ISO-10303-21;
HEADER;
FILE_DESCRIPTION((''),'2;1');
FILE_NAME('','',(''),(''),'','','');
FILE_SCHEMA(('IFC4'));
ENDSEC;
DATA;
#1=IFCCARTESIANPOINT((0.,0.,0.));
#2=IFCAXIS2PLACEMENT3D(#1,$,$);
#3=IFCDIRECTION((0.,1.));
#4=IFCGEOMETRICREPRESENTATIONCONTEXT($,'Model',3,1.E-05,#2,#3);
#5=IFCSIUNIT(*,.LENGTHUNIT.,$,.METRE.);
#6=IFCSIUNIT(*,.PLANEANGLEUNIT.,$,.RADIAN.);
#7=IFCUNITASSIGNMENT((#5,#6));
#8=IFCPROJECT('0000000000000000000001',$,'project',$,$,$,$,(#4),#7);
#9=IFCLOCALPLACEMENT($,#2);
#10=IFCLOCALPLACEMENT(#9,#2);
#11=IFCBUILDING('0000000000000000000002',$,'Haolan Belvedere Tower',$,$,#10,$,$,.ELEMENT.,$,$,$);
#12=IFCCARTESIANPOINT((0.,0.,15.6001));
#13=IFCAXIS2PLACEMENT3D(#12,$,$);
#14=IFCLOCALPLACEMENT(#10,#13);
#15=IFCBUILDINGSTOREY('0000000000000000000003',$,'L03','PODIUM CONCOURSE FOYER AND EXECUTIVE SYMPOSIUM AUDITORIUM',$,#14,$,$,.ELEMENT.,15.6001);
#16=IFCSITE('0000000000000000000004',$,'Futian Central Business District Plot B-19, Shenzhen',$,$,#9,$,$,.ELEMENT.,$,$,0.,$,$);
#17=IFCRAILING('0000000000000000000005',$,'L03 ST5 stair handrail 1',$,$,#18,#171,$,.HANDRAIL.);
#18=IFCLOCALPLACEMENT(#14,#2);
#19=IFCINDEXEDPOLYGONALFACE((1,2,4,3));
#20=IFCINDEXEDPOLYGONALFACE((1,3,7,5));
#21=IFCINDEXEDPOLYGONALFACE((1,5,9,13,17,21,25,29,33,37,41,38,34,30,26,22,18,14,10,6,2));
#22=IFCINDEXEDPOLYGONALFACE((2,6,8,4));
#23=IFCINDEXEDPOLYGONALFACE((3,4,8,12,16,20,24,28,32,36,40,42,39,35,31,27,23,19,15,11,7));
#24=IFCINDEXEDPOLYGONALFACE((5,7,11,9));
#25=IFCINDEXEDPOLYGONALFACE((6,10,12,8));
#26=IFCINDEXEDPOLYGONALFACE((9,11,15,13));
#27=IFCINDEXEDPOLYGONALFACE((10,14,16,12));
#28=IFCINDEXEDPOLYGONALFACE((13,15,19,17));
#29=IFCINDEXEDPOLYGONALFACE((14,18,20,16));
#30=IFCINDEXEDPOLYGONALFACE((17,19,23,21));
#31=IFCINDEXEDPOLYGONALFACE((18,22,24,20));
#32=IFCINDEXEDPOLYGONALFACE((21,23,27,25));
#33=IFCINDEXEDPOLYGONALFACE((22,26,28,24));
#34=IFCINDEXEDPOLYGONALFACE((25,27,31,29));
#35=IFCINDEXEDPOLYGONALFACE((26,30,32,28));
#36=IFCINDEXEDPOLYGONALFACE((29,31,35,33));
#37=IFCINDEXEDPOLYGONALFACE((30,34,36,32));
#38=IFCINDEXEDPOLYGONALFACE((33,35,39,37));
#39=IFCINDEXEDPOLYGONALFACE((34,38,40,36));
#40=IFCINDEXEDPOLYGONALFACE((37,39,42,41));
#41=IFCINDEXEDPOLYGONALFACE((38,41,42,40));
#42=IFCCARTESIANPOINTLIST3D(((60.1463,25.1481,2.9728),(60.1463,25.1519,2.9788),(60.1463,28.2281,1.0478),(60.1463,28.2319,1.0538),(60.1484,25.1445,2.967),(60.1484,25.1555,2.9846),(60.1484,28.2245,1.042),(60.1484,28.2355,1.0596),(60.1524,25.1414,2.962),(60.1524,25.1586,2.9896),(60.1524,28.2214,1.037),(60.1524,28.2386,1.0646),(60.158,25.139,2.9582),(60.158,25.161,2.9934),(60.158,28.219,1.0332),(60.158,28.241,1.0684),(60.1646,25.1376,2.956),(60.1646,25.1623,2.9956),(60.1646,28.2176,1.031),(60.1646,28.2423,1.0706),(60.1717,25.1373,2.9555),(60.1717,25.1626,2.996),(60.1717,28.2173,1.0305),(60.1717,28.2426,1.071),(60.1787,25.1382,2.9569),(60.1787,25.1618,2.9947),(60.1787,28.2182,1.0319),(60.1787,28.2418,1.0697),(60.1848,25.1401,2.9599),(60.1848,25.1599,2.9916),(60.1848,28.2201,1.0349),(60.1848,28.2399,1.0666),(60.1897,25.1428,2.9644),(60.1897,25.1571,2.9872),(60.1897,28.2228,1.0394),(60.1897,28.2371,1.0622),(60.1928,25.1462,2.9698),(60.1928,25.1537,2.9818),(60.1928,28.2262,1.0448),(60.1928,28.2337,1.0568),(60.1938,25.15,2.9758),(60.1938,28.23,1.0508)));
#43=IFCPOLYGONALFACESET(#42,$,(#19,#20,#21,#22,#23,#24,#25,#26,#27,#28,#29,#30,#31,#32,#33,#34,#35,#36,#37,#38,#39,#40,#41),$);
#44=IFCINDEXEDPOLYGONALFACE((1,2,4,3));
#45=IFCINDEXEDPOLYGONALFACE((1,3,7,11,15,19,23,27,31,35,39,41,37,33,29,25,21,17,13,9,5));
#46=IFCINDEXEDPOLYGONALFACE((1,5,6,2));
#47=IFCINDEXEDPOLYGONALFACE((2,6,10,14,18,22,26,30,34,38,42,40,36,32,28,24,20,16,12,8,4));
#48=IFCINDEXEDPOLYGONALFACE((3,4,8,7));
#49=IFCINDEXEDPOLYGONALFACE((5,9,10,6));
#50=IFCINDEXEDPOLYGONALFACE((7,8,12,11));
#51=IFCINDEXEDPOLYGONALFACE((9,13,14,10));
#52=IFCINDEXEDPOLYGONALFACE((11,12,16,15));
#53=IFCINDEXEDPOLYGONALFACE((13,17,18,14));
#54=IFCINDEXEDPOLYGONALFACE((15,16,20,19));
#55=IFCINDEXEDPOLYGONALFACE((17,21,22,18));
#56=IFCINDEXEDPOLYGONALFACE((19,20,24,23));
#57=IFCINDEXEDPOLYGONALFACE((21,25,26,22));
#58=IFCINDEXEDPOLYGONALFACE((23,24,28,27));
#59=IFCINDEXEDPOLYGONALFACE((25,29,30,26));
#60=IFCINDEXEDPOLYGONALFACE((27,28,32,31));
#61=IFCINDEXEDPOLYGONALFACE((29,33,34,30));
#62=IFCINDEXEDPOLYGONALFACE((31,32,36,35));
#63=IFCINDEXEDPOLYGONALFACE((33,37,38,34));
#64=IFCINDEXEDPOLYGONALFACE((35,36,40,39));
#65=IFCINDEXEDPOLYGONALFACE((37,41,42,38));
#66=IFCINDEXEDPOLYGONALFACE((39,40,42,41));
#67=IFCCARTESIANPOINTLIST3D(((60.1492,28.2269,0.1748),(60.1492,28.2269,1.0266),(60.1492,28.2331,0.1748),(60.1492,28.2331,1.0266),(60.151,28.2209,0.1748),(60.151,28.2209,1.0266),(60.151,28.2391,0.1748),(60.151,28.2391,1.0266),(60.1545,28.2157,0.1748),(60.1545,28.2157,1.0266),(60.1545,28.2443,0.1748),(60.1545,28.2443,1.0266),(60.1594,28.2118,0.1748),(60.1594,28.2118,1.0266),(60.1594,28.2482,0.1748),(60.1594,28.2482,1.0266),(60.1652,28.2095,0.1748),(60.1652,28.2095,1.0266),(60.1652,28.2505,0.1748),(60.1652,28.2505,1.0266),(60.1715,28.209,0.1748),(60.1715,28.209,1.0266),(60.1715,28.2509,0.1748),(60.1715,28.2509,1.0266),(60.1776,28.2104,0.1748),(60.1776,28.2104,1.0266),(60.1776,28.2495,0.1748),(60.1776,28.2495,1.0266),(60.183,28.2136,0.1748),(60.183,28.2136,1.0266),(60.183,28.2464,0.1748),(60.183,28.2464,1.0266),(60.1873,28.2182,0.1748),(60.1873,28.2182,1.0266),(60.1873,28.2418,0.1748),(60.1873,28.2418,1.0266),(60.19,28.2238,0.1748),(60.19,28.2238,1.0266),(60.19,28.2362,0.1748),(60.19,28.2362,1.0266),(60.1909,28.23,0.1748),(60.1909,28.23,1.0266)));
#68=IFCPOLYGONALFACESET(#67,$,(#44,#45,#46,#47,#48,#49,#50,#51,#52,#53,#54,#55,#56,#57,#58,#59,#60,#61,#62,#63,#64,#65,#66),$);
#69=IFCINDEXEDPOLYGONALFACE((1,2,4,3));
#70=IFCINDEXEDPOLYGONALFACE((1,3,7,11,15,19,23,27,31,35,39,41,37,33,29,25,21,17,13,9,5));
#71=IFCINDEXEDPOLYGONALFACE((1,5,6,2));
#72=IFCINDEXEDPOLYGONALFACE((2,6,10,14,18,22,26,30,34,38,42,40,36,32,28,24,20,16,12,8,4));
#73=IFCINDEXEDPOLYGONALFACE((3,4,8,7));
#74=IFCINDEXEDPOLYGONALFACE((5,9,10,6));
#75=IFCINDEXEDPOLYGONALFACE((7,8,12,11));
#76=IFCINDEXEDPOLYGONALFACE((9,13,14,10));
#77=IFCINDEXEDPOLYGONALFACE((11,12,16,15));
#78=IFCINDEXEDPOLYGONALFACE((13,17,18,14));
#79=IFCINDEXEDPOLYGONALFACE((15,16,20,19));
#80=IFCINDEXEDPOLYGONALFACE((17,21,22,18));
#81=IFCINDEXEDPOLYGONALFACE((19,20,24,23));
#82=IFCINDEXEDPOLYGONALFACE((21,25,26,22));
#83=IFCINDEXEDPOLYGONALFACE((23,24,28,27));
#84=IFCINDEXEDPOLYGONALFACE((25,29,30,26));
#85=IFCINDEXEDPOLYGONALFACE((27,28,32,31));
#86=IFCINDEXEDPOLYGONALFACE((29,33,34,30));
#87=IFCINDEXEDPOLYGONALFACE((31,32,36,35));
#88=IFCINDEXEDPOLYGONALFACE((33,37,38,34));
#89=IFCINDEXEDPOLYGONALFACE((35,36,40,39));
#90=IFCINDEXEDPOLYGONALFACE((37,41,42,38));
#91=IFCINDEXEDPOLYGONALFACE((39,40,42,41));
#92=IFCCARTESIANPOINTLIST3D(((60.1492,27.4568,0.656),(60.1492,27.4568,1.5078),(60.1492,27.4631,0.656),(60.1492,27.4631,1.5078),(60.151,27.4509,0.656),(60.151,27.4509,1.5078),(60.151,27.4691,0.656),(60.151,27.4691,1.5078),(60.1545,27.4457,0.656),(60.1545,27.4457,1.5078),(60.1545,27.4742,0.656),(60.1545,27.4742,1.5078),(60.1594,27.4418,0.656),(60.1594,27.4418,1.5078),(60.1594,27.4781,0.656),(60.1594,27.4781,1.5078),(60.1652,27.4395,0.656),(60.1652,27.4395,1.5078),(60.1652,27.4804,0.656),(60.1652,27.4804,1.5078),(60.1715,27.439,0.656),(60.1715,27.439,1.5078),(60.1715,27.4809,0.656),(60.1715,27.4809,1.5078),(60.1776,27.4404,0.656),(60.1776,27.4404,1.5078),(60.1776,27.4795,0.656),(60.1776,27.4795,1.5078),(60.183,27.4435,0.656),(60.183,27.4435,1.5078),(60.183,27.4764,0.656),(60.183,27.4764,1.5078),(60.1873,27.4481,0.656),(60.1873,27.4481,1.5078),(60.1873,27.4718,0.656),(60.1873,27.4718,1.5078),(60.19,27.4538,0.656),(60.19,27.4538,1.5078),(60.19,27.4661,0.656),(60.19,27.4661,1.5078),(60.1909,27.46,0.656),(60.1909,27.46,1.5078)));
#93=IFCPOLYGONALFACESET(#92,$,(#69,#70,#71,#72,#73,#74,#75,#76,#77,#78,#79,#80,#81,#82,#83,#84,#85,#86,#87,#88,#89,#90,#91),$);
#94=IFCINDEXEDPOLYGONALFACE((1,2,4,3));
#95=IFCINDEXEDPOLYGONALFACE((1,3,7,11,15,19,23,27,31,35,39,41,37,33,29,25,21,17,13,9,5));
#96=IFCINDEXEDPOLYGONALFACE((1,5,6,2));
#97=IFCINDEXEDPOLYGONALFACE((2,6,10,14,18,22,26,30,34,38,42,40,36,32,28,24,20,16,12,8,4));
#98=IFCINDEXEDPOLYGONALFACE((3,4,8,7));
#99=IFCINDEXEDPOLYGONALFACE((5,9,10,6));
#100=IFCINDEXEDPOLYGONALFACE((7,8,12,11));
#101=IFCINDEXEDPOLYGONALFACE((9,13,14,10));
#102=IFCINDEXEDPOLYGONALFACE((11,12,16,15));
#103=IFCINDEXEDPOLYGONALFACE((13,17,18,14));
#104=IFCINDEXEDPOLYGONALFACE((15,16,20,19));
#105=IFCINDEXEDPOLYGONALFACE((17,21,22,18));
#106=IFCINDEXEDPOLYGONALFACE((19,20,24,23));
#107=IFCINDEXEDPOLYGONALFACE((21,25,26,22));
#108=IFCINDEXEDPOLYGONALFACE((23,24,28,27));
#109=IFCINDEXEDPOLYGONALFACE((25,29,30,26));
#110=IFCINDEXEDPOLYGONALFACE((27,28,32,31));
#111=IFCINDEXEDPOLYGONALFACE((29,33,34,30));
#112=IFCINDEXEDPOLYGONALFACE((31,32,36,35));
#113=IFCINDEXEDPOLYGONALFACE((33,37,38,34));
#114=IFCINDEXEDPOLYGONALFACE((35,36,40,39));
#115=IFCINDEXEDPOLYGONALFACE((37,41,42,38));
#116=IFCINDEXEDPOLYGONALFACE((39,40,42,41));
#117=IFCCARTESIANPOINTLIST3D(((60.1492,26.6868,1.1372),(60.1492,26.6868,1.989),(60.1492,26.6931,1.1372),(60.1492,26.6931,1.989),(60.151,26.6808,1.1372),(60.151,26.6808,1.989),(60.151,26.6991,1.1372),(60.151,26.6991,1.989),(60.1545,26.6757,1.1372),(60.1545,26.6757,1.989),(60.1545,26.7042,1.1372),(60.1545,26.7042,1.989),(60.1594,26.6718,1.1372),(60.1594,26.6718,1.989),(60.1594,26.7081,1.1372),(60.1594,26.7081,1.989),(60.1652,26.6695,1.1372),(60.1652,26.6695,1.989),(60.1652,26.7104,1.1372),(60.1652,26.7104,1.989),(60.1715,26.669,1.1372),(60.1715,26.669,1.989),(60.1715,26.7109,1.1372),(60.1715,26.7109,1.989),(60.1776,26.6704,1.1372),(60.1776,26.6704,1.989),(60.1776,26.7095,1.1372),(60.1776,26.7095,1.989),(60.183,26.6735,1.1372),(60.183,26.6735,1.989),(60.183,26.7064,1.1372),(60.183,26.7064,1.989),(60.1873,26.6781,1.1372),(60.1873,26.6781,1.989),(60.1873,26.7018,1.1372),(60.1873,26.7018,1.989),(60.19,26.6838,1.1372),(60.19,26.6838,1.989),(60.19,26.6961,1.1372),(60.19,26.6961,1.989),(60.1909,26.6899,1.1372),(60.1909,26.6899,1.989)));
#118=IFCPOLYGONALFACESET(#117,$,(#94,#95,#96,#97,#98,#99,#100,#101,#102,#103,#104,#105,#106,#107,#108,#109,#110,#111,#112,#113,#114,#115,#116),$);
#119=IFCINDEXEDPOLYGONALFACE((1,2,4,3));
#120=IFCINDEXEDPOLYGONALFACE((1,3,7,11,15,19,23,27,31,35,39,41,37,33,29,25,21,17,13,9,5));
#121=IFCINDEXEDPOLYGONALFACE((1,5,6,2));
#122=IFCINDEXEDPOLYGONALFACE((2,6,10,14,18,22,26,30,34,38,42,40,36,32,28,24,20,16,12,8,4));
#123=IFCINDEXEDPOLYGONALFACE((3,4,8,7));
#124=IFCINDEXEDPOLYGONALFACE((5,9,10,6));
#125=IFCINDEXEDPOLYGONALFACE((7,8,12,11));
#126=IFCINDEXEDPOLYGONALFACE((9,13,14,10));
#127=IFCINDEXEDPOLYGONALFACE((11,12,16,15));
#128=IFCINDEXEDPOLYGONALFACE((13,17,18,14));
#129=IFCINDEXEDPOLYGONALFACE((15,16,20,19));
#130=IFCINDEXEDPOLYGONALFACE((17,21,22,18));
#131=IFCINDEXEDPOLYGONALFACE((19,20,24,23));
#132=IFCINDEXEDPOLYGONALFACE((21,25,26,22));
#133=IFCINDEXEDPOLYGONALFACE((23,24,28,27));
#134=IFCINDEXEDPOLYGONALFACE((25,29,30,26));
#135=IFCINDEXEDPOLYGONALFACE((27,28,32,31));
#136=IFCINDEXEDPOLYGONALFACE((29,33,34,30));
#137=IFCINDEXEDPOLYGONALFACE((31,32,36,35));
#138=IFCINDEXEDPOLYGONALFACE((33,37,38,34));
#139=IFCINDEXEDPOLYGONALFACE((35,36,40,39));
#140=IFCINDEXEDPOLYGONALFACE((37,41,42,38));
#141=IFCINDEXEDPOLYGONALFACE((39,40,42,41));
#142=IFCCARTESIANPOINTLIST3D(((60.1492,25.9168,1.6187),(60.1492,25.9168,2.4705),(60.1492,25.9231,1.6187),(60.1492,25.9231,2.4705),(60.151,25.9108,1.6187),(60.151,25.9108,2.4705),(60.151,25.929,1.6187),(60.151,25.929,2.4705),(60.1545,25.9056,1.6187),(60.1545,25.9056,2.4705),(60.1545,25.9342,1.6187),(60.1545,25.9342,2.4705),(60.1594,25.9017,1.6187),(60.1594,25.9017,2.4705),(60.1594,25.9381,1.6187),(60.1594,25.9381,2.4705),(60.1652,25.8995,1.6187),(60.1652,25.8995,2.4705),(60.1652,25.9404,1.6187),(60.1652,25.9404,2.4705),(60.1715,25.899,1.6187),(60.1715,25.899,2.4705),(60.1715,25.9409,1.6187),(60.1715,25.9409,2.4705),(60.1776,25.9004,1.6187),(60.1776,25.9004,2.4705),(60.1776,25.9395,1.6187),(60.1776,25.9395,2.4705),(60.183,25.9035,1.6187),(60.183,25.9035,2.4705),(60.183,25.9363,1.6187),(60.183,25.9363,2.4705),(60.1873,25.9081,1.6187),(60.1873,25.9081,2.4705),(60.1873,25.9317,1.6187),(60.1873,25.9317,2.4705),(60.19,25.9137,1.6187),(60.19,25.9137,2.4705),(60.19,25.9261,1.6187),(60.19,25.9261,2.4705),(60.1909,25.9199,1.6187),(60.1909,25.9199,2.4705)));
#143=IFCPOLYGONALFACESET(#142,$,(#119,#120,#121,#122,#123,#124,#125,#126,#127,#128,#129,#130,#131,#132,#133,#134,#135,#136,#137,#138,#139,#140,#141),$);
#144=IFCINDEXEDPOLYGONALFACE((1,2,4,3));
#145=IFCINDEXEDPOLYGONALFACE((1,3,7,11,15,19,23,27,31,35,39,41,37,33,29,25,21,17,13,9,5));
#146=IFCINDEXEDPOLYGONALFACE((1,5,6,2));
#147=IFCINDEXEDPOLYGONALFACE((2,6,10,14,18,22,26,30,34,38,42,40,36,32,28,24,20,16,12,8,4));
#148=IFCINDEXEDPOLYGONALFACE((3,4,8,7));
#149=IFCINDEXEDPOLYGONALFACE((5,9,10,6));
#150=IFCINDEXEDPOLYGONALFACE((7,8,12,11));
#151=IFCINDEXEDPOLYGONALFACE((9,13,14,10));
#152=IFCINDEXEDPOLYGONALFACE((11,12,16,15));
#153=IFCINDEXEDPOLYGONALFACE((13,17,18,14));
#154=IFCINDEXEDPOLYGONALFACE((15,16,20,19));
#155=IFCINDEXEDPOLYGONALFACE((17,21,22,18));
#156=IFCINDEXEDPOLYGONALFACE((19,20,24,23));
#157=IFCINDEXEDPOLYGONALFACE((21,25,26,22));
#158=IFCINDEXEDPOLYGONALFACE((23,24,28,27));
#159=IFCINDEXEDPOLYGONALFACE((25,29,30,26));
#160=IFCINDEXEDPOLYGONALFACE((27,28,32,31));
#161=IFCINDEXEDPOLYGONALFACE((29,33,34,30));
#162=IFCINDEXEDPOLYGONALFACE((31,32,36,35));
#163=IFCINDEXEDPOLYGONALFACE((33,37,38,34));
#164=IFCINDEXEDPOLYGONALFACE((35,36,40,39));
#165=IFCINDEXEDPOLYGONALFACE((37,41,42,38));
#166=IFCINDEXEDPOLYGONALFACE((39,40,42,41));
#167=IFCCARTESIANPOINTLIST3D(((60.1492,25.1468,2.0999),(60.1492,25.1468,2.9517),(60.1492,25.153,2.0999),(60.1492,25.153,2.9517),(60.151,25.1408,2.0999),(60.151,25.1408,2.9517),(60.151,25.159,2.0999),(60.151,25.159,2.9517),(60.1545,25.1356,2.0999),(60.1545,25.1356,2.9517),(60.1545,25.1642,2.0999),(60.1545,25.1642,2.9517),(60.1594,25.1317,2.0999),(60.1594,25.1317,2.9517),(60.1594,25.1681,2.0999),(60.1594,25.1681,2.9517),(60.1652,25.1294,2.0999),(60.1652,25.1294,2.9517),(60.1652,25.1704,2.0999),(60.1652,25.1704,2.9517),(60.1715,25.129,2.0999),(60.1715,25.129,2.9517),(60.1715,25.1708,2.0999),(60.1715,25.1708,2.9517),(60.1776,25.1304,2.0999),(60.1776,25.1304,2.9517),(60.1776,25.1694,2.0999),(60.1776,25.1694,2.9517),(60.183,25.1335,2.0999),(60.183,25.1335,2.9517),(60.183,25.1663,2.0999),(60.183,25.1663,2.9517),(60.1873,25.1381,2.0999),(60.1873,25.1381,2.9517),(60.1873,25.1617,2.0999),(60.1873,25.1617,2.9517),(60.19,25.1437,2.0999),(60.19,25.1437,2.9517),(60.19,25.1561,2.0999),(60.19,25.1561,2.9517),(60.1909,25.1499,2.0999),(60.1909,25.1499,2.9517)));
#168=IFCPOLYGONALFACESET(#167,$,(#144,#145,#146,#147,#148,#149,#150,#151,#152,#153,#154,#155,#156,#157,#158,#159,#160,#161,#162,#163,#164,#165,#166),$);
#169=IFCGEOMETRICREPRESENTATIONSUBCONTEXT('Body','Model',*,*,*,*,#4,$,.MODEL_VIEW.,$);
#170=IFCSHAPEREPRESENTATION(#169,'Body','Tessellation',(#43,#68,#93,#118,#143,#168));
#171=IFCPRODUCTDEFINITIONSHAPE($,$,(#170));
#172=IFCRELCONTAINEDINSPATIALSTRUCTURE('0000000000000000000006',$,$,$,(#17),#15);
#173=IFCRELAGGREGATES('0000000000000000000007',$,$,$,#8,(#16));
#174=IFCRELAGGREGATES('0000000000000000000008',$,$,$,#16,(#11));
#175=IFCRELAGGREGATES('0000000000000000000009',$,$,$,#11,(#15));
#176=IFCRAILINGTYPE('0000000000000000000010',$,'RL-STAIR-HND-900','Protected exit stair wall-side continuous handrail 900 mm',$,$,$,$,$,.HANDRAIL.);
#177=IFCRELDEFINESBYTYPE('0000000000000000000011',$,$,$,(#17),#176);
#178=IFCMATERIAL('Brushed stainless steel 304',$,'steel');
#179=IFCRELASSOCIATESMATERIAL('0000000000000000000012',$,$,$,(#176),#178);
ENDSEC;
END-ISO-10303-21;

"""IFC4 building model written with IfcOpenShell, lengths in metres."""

from ifc_helpers import new_model, si_unit, direction, frame, origin, origin_2d, place, context, subcontext, project, spatial, circle, extrude, material, type_object, element, save


model = new_model("IFC4")

# Units and contexts
model_context = context("Model", 3, precision=1e-05, world=origin(), true_north=direction((0.0, 1.0)))
body_context = subcontext(model_context, "Body", "Model", "MODEL_VIEW")
ifc_project = project(units=[si_unit("LENGTHUNIT", "METRE"), si_unit("PLANEANGLEUNIT", "RADIAN")], contexts=[model_context])

# Site, building, storey
site_placement = place(None, origin())
site = spatial("IfcSite", under=ifc_project, at=site_placement, Name="Futian Central Business District Plot B-19, Shenzhen", CompositionType="ELEMENT", RefElevation=0.0)
building_placement = place(site_placement, origin())
building = spatial("IfcBuilding", under=site, at=building_placement, Name="Haolan Belvedere Tower", CompositionType="ELEMENT")
storey_placement = place(building_placement, frame((0.0, 0.0, 15.6001)))
storey = spatial("IfcBuildingStorey", under=building, at=storey_placement, Name="L03", Description="PODIUM CONCOURSE FOYER AND EXECUTIVE SYMPOSIUM AUDITORIUM", CompositionType="ELEMENT", Elevation=15.6001)

# Railing
ifc_material_1 = material(Name="Brushed stainless steel 304", Category="steel")
railing_type_1 = type_object("IfcRailingType", Name="RL-STAIR-HND-900", Description="Protected exit stair wall-side continuous handrail 900 mm", PredefinedType="HANDRAIL", material=ifc_material_1)
railing_1_placement = place(storey_placement, frame((60.1699, 28.23, 0.1748)))
element("IfcRailing", 1, at=railing_1_placement, inside=storey, type_object=railing_type_1, Name="L03 ST5 stair handrail 1", PredefinedType="HANDRAIL", context=body_context, shape_type="SweptSolid", body=[
    extrude(circle(Radius=0.0239, at=origin_2d()), frame((0.0, 0.0, 0.876), z_axis=(0.0, -0.847998, 0.529999), x_axis=(1.0, 0.0, 0.0)), (0.0, 0.0, 1.0), 3.6321),
    extrude(circle(Radius=0.021, at=origin_2d()), origin(), (0.0, 0.0, 1.0), 0.8518),
    extrude(circle(Radius=0.021, at=origin_2d()), frame((0.0, -0.77, 0.4812)), (0.0, 0.0, 1.0), 0.8518),
    extrude(circle(Radius=0.021, at=origin_2d()), frame((0.0, -1.54, 0.9624)), (0.0, 0.0, 1.0), 0.8518),
    extrude(circle(Radius=0.021, at=origin_2d()), frame((0.0, -2.3101, 1.4438)), (0.0, 0.0, 1.0), 0.8518),
    extrude(circle(Radius=0.021, at=origin_2d()), frame((0.0, -3.0801, 1.925)), (0.0, 0.0, 1.0), 0.8518),
])

save(model, "model.ifc")
